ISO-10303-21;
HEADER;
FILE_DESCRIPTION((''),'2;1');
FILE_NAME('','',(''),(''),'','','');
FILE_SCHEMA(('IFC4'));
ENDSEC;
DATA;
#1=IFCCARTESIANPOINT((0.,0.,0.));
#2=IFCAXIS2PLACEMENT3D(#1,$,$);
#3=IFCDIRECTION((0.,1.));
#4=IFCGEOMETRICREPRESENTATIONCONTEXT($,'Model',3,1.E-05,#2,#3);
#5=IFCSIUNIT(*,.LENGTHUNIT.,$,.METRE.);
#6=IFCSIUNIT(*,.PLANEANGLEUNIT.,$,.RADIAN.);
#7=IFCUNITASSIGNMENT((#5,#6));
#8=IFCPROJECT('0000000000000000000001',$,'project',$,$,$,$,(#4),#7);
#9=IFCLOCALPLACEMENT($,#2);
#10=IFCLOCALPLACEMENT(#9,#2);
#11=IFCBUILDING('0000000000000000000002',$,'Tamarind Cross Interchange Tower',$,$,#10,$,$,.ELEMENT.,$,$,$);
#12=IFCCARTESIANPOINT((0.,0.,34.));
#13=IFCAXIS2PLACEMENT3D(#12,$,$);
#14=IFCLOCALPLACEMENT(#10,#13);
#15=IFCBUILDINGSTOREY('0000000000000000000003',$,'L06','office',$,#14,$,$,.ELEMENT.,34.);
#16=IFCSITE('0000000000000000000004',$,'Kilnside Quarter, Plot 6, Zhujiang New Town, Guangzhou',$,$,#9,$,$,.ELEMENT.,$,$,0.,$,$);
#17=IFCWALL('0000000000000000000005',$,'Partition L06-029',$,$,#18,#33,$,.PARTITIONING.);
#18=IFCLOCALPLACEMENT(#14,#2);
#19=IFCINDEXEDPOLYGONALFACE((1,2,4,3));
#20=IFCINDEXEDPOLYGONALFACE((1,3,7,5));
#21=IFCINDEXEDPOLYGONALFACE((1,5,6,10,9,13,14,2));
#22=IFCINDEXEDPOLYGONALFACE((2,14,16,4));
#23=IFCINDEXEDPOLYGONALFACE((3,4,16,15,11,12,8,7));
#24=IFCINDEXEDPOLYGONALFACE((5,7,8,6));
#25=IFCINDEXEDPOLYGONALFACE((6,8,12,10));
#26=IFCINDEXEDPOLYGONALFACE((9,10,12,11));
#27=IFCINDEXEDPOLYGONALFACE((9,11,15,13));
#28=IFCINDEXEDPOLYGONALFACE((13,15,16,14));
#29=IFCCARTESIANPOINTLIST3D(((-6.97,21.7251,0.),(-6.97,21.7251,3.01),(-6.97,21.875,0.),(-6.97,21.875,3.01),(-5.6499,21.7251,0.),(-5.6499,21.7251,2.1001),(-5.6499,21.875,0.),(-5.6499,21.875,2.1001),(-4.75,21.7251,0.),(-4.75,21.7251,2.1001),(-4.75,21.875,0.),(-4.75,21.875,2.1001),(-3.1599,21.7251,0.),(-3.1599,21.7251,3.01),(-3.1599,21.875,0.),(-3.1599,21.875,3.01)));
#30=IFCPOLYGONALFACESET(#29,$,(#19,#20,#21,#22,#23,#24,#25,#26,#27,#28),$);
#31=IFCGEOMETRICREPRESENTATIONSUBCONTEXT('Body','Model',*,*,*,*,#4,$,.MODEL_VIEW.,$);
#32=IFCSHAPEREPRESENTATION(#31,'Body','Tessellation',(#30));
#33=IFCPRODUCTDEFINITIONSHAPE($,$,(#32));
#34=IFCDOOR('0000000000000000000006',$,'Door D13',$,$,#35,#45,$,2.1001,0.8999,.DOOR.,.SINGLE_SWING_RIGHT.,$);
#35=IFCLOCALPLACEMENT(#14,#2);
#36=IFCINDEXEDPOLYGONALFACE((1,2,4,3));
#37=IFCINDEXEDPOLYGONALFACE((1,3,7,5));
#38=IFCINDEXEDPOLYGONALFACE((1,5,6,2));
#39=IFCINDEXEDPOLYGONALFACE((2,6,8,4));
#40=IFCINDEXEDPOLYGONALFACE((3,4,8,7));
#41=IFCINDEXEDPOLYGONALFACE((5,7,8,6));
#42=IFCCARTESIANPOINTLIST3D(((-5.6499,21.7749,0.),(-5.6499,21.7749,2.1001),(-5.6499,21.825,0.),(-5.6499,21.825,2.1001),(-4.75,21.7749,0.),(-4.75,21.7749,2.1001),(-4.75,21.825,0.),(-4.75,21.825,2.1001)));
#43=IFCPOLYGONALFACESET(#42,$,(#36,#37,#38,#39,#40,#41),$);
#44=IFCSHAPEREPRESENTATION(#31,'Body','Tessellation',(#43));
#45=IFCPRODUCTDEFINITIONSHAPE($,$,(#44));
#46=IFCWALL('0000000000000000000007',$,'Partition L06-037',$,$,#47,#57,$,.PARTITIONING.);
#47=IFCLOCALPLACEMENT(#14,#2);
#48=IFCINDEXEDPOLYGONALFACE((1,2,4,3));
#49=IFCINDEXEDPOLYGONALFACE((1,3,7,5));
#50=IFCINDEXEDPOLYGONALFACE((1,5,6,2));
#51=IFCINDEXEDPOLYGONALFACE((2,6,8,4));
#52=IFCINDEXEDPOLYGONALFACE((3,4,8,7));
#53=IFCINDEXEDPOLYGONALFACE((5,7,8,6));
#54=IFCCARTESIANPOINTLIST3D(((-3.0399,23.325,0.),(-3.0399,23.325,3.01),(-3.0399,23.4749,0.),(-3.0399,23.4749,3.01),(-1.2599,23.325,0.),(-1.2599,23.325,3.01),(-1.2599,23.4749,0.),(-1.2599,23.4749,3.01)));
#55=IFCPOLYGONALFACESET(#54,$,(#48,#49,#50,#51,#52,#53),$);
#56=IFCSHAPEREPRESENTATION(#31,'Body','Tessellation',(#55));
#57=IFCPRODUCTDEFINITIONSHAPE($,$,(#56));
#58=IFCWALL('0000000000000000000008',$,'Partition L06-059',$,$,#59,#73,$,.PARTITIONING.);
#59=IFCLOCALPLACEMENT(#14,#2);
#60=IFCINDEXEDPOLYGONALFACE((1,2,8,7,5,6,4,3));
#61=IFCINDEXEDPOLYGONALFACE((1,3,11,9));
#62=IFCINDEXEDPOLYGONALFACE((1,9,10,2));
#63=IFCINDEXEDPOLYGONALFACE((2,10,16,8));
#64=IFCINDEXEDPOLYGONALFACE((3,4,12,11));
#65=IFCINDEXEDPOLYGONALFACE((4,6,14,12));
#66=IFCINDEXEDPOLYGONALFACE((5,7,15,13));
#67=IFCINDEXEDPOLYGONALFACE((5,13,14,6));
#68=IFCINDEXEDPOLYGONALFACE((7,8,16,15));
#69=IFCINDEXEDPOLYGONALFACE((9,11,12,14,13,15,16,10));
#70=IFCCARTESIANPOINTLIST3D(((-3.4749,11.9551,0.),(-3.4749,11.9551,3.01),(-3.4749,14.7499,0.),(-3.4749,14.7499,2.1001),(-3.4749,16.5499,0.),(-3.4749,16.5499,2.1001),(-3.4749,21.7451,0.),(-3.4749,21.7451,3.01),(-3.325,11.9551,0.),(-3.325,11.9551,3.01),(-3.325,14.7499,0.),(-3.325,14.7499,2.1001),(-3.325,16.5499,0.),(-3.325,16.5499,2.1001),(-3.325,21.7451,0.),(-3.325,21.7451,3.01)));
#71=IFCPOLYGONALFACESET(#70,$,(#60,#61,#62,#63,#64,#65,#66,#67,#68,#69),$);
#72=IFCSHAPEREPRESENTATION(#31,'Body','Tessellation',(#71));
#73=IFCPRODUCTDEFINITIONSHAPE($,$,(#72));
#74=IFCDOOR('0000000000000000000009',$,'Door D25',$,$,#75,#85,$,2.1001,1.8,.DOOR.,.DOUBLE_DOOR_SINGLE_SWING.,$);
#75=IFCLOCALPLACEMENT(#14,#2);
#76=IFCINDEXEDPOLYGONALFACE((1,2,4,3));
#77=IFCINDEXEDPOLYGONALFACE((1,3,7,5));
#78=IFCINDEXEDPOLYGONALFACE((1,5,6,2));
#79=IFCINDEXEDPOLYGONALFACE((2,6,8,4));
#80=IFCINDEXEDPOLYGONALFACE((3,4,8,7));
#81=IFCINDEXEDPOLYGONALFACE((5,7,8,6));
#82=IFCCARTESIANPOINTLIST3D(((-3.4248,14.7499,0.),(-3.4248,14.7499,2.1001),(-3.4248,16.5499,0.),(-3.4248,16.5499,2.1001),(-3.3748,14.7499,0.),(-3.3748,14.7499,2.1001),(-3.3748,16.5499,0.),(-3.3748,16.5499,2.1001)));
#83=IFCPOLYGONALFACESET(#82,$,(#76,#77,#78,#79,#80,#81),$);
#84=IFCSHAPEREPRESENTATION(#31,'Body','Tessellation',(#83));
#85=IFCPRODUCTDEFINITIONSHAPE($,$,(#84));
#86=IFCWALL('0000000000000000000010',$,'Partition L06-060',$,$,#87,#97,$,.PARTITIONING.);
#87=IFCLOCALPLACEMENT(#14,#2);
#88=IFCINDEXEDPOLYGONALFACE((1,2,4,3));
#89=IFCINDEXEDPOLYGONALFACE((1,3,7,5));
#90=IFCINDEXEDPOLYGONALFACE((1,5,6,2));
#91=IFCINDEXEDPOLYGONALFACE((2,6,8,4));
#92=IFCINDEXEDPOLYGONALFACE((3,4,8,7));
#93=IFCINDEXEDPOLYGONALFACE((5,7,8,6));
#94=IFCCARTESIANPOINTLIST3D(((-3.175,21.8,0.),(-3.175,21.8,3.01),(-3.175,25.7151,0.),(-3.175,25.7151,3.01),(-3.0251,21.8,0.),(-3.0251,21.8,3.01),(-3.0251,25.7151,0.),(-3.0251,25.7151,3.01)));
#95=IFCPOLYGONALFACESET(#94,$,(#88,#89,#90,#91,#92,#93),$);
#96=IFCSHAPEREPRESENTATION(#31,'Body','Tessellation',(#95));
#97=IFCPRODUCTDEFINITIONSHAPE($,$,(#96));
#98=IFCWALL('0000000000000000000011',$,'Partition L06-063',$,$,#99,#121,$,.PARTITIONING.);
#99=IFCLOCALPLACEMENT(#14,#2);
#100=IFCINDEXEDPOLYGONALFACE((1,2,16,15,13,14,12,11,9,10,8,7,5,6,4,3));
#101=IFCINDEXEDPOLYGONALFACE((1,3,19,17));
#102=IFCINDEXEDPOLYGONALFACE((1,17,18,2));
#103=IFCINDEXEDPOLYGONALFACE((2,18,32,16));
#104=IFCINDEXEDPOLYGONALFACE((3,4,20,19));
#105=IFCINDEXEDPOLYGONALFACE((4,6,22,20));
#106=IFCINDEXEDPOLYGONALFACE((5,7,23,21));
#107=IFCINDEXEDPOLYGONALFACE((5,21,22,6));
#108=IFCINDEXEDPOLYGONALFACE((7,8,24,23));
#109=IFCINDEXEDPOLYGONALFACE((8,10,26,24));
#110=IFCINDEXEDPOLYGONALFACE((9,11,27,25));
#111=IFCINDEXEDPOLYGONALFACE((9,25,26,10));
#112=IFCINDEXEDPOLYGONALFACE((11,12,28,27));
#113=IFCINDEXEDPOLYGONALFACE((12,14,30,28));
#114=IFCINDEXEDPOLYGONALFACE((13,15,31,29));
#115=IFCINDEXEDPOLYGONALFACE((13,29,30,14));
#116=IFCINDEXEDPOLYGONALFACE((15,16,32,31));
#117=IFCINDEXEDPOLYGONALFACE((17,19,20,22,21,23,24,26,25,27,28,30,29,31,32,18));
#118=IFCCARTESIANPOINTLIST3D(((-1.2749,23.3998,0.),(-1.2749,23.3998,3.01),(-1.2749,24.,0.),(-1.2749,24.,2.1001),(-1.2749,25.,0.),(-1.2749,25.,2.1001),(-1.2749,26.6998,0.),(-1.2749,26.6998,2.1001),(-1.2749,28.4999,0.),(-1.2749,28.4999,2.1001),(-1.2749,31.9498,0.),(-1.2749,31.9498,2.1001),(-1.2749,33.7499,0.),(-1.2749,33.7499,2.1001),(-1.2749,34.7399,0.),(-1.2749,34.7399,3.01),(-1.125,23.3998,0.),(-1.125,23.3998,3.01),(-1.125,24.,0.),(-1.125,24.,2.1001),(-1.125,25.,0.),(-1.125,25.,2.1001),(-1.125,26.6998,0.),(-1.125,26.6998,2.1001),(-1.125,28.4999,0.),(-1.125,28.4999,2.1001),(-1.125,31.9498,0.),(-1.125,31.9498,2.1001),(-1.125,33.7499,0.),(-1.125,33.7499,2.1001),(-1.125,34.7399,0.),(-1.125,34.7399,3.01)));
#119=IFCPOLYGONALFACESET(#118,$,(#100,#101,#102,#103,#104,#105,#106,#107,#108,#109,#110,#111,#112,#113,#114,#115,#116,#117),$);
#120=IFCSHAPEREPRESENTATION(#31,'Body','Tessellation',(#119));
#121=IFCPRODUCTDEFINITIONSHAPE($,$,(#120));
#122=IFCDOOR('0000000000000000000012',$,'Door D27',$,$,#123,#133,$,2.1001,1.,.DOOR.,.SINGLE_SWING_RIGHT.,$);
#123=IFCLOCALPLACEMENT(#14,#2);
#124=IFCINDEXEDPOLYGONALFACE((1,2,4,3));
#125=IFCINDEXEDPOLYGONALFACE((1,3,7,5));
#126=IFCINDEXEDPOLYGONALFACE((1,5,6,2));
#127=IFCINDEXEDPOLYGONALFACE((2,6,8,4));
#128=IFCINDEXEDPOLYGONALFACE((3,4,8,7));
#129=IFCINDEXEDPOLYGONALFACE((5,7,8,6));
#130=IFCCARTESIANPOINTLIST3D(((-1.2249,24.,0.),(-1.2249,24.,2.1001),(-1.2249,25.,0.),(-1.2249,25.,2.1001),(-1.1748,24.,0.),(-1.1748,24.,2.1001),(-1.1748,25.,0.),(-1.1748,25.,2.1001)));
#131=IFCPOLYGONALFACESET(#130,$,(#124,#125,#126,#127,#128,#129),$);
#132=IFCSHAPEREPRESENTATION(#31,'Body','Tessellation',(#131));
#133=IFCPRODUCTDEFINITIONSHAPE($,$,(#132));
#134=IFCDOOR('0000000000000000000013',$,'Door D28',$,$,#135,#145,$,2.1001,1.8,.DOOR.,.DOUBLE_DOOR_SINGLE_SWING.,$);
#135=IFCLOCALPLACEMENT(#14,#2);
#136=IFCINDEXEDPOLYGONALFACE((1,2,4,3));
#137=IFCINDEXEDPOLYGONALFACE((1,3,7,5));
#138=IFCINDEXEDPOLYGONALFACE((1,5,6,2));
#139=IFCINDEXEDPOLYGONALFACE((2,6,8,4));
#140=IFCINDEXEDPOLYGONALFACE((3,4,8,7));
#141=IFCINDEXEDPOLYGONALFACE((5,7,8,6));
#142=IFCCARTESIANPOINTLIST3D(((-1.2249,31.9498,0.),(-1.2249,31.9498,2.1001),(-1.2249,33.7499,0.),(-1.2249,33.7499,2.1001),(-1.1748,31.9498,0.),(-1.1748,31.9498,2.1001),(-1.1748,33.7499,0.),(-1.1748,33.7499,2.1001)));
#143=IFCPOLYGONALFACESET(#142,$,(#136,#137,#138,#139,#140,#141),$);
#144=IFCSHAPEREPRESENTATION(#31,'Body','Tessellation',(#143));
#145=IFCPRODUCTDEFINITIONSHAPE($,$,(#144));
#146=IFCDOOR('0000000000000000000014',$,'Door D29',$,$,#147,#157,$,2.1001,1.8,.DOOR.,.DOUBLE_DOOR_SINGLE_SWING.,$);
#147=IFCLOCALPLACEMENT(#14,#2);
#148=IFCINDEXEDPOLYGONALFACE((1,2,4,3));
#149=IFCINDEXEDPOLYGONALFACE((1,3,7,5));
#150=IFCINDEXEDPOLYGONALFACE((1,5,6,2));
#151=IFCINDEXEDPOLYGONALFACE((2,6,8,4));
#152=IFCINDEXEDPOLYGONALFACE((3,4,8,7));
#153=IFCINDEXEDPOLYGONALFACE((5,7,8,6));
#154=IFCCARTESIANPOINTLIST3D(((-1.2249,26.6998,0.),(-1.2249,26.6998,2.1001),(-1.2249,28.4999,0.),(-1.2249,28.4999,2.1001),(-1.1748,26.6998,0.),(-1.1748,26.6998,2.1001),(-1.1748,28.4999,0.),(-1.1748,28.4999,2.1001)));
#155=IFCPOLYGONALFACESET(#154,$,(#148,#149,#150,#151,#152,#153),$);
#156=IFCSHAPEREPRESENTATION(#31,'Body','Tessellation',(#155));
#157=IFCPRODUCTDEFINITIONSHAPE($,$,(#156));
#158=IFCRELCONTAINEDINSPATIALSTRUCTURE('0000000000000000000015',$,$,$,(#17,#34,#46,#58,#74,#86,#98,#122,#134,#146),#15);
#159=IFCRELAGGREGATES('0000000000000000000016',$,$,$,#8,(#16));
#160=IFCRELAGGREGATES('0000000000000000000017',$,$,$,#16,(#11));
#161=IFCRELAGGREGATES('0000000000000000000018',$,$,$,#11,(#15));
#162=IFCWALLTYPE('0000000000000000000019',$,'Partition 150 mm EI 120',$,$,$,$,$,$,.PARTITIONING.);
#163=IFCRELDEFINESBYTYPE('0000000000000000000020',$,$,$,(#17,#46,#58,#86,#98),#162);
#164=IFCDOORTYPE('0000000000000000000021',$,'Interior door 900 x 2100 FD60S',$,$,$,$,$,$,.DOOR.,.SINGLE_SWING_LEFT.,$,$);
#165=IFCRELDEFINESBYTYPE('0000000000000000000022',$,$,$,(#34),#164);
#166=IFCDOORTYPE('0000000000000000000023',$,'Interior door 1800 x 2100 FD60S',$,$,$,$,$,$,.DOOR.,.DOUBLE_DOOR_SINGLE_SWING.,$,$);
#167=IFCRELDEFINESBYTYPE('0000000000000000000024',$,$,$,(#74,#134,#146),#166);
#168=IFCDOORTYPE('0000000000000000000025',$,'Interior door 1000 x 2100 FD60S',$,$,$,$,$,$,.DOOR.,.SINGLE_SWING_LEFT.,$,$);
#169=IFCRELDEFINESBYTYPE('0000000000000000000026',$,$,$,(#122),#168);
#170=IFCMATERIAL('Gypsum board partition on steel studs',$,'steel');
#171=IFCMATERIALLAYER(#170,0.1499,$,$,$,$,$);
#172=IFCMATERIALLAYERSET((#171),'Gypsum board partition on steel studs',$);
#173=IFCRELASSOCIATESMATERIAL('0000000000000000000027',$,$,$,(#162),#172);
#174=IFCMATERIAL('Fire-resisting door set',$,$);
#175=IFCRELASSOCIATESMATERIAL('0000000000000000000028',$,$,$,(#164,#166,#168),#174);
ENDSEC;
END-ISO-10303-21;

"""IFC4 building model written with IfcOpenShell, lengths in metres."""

from ifc_helpers import new_model, si_unit, direction, frame, frame_2d, origin, place, context, subcontext, project, spatial, rectangle, extrude, material, layer, layer_set, type_object, element, fill, save


model = new_model("IFC4")

# Units and contexts
model_context = context("Model", 3, precision=1e-05, world=origin(), true_north=direction((0.0, 1.0)))
body_context = subcontext(model_context, "Body", "Model", "MODEL_VIEW")
ifc_project = project(units=[si_unit("LENGTHUNIT", "METRE"), si_unit("PLANEANGLEUNIT", "RADIAN")], contexts=[model_context])

# Site, building, storey
site_placement = place(None, origin())
site = spatial("IfcSite", under=ifc_project, at=site_placement, Name="Kilnside Quarter, Plot 6, Zhujiang New Town, Guangzhou", CompositionType="ELEMENT", RefElevation=0.0)
building_placement = place(site_placement, origin())
building = spatial("IfcBuilding", under=site, at=building_placement, Name="Tamarind Cross Interchange Tower", CompositionType="ELEMENT")
storey_placement = place(building_placement, frame((0.0, 0.0, 34.0)))
storey = spatial("IfcBuildingStorey", under=building, at=storey_placement, Name="L06", Description="office", CompositionType="ELEMENT", Elevation=34.0)

# Wall, opening, door
ifc_material_1 = material(Name="Gypsum board partition on steel studs", Category="steel")
ifc_layer_1 = layer(ifc_material_1, 0.1499)
ifc_layer_set_1 = layer_set([ifc_layer_1], Name="Gypsum board partition on steel studs")
wall_type_1 = type_object("IfcWallType", Name="Partition 150 mm EI 120", PredefinedType="PARTITIONING", material=ifc_layer_set_1)
wall_1_placement = place(storey_placement, frame((-6.97, 21.8, 0.0), z_axis=(0.0, 0.0, 1.0), x_axis=(1.0, 0.0, 0.0)))
wall_1 = element("IfcWall", 1, at=wall_1_placement, inside=storey, type_object=wall_type_1, Name="Partition L06-029", PredefinedType="PARTITIONING", context=body_context, shape_type="SweptSolid", body=[
    extrude(rectangle(XDim=3.8101, YDim=0.1499, at=frame_2d((1.905, 0.0))), origin(), (0.0, 0.0, 1.0), 3.01),
])
opening_1_placement = place(wall_1_placement, frame((1.3201, 0.0, 0.0)))
opening_1 = element("IfcOpeningElement", 2, at=opening_1_placement, cuts=wall_1, PredefinedType="OPENING", context=body_context, shape_type="SweptSolid", body=[
    extrude(rectangle(XDim=0.8999, YDim=2.1001, at=frame_2d((0.45, 1.05))), frame((0.0, 0.085, 0.0), z_axis=(0.0, -1.0, 0.0), x_axis=(1.0, 0.0, 0.0)), (0.0, 0.0, 1.0), 0.1699),
])
ifc_material_2 = material(Name="Fire-resisting door set")
door_type_1 = type_object("IfcDoorType", Name="Interior door 900 x 2100 FD60S", OperationType="SINGLE_SWING_LEFT", PredefinedType="DOOR", material=ifc_material_2)
door_1_placement = place(opening_1_placement, origin())
door_1 = element("IfcDoor", 3, at=door_1_placement, inside=storey, type_object=door_type_1, Name="Door D13", OperationType="SINGLE_SWING_RIGHT", OverallHeight=2.1001, OverallWidth=0.8999, PredefinedType="DOOR", context=body_context, shape_type="SweptSolid", body=[
    extrude(rectangle(XDim=0.8999, YDim=2.1001, at=frame_2d((0.45, 1.05))), frame((0.0, 0.0249, 0.0), z_axis=(0.0, -1.0, 0.0), x_axis=(1.0, 0.0, 0.0)), (0.0, 0.0, 1.0), 0.05),
])
fill(opening_1, door_1)

# Wall
wall_2_placement = place(storey_placement, frame((-3.04, 23.3999, 0.0), z_axis=(0.0, 0.0, 1.0), x_axis=(1.0, 0.0, 0.0)))
element("IfcWall", 4, at=wall_2_placement, inside=storey, type_object=wall_type_1, Name="Partition L06-037", PredefinedType="PARTITIONING", context=body_context, shape_type="SweptSolid", body=[
    extrude(rectangle(XDim=1.78, YDim=0.1499, at=frame_2d((0.8901, 0.0))), origin(), (0.0, 0.0, 1.0), 3.01),
])

# Wall, opening, door
wall_3_placement = place(storey_placement, frame((-3.3999, 11.9551, 0.0), z_axis=(0.0, 0.0, 1.0), x_axis=(0.0, 1.0, 0.0)))
wall_3 = element("IfcWall", 5, at=wall_3_placement, inside=storey, type_object=wall_type_1, Name="Partition L06-059", PredefinedType="PARTITIONING", context=body_context, shape_type="SweptSolid", body=[
    extrude(rectangle(XDim=9.79, YDim=0.1499, at=frame_2d((4.895, 0.0))), origin(), (0.0, 0.0, 1.0), 3.01),
])
opening_2_placement = place(wall_3_placement, frame((2.7949, 0.0, 0.0)))
opening_2 = element("IfcOpeningElement", 6, at=opening_2_placement, cuts=wall_3, PredefinedType="OPENING", context=body_context, shape_type="SweptSolid", body=[
    extrude(rectangle(XDim=1.8, YDim=2.1001, at=frame_2d((0.8999, 1.05))), frame((0.0, 0.085, 0.0), z_axis=(0.0, -1.0, 0.0), x_axis=(1.0, 0.0, 0.0)), (0.0, 0.0, 1.0), 0.1699),
])
door_type_2 = type_object("IfcDoorType", Name="Interior door 1800 x 2100 FD60S", OperationType="DOUBLE_DOOR_SINGLE_SWING", PredefinedType="DOOR", material=ifc_material_2)
door_2_placement = place(opening_2_placement, origin())
door_2 = element("IfcDoor", 7, at=door_2_placement, inside=storey, type_object=door_type_2, Name="Door D25", OperationType="DOUBLE_DOOR_SINGLE_SWING", OverallHeight=2.1001, OverallWidth=1.8, PredefinedType="DOOR", context=body_context, shape_type="SweptSolid", body=[
    extrude(rectangle(XDim=1.8, YDim=2.1001, at=frame_2d((0.8999, 1.05))), frame((0.0, 0.0249, 0.0), z_axis=(0.0, -1.0, 0.0), x_axis=(1.0, 0.0, 0.0)), (0.0, 0.0, 1.0), 0.05),
])
fill(opening_2, door_2)

# Wall
wall_4_placement = place(storey_placement, frame((-3.1001, 21.8, 0.0), z_axis=(0.0, 0.0, 1.0), x_axis=(0.0, 1.0, 0.0)))
element("IfcWall", 8, at=wall_4_placement, inside=storey, type_object=wall_type_1, Name="Partition L06-060", PredefinedType="PARTITIONING", context=body_context, shape_type="SweptSolid", body=[
    extrude(rectangle(XDim=3.915, YDim=0.1499, at=frame_2d((1.9575, 0.0))), origin(), (0.0, 0.0, 1.0), 3.01),
])

# Wall, openings, doors
wall_5_placement = place(storey_placement, frame((-1.2, 23.3999, 0.0), z_axis=(0.0, 0.0, 1.0), x_axis=(0.0, 1.0, 0.0)))
wall_5 = element("IfcWall", 9, at=wall_5_placement, inside=storey, type_object=wall_type_1, Name="Partition L06-063", PredefinedType="PARTITIONING", context=body_context, shape_type="SweptSolid", body=[
    extrude(rectangle(XDim=11.3401, YDim=0.1499, at=frame_2d((5.6699, 0.0))), origin(), (0.0, 0.0, 1.0), 3.01),
])
opening_3_placement = place(wall_5_placement, frame((0.6001, 0.0, 0.0)))
opening_3 = element("IfcOpeningElement", 10, at=opening_3_placement, cuts=wall_5, PredefinedType="OPENING", context=body_context, shape_type="SweptSolid", body=[
    extrude(rectangle(XDim=1.0, YDim=2.1001, at=frame_2d((0.5, 1.05))), frame((0.0, 0.085, 0.0), z_axis=(0.0, -1.0, 0.0), x_axis=(1.0, 0.0, 0.0)), (0.0, 0.0, 1.0), 0.1699),
])
opening_4_placement = place(wall_5_placement, frame((8.55, 0.0, 0.0)))
opening_4 = element("IfcOpeningElement", 11, at=opening_4_placement, cuts=wall_5, PredefinedType="OPENING", context=body_context, shape_type="SweptSolid", body=[
    extrude(rectangle(XDim=1.8, YDim=2.1001, at=frame_2d((0.8999, 1.05))), frame((0.0, 0.085, 0.0), z_axis=(0.0, -1.0, 0.0), x_axis=(1.0, 0.0, 0.0)), (0.0, 0.0, 1.0), 0.1699),
])
opening_5_placement = place(wall_5_placement, frame((3.3, 0.0, 0.0)))
opening_5 = element("IfcOpeningElement", 12, at=opening_5_placement, cuts=wall_5, PredefinedType="OPENING", context=body_context, shape_type="SweptSolid", body=[
    extrude(rectangle(XDim=1.8, YDim=2.1001, at=frame_2d((0.8999, 1.05))), frame((0.0, 0.085, 0.0), z_axis=(0.0, -1.0, 0.0), x_axis=(1.0, 0.0, 0.0)), (0.0, 0.0, 1.0), 0.1699),
])
door_type_3 = type_object("IfcDoorType", Name="Interior door 1000 x 2100 FD60S", OperationType="SINGLE_SWING_LEFT", PredefinedType="DOOR", material=ifc_material_2)
door_3_placement = place(opening_3_placement, origin())
door_3 = element("IfcDoor", 13, at=door_3_placement, inside=storey, type_object=door_type_3, Name="Door D27", OperationType="SINGLE_SWING_RIGHT", OverallHeight=2.1001, OverallWidth=1.0, PredefinedType="DOOR", context=body_context, shape_type="SweptSolid", body=[
    extrude(rectangle(XDim=1.0, YDim=2.1001, at=frame_2d((0.5, 1.05))), frame((0.0, 0.0249, 0.0), z_axis=(0.0, -1.0, 0.0), x_axis=(1.0, 0.0, 0.0)), (0.0, 0.0, 1.0), 0.05),
])
fill(opening_3, door_3)
door_4_placement = place(opening_4_placement, origin())
door_4 = element("IfcDoor", 14, at=door_4_placement, inside=storey, type_object=door_type_2, Name="Door D28", OperationType="DOUBLE_DOOR_SINGLE_SWING", OverallHeight=2.1001, OverallWidth=1.8, PredefinedType="DOOR", context=body_context, shape_type="SweptSolid", body=[
    extrude(rectangle(XDim=1.8, YDim=2.1001, at=frame_2d((0.8999, 1.05))), frame((0.0, 0.0249, 0.0), z_axis=(0.0, -1.0, 0.0), x_axis=(1.0, 0.0, 0.0)), (0.0, 0.0, 1.0), 0.05),
])
fill(opening_4, door_4)
door_5_placement = place(opening_5_placement, origin())
door_5 = element("IfcDoor", 15, at=door_5_placement, inside=storey, type_object=door_type_2, Name="Door D29", OperationType="DOUBLE_DOOR_SINGLE_SWING", OverallHeight=2.1001, OverallWidth=1.8, PredefinedType="DOOR", context=body_context, shape_type="SweptSolid", body=[
    extrude(rectangle(XDim=1.8, YDim=2.1001, at=frame_2d((0.8999, 1.05))), frame((0.0, 0.0249, 0.0), z_axis=(0.0, -1.0, 0.0), x_axis=(1.0, 0.0, 0.0)), (0.0, 0.0, 1.0), 0.05),
])
fill(opening_5, door_5)

save(model, "model.ifc")
